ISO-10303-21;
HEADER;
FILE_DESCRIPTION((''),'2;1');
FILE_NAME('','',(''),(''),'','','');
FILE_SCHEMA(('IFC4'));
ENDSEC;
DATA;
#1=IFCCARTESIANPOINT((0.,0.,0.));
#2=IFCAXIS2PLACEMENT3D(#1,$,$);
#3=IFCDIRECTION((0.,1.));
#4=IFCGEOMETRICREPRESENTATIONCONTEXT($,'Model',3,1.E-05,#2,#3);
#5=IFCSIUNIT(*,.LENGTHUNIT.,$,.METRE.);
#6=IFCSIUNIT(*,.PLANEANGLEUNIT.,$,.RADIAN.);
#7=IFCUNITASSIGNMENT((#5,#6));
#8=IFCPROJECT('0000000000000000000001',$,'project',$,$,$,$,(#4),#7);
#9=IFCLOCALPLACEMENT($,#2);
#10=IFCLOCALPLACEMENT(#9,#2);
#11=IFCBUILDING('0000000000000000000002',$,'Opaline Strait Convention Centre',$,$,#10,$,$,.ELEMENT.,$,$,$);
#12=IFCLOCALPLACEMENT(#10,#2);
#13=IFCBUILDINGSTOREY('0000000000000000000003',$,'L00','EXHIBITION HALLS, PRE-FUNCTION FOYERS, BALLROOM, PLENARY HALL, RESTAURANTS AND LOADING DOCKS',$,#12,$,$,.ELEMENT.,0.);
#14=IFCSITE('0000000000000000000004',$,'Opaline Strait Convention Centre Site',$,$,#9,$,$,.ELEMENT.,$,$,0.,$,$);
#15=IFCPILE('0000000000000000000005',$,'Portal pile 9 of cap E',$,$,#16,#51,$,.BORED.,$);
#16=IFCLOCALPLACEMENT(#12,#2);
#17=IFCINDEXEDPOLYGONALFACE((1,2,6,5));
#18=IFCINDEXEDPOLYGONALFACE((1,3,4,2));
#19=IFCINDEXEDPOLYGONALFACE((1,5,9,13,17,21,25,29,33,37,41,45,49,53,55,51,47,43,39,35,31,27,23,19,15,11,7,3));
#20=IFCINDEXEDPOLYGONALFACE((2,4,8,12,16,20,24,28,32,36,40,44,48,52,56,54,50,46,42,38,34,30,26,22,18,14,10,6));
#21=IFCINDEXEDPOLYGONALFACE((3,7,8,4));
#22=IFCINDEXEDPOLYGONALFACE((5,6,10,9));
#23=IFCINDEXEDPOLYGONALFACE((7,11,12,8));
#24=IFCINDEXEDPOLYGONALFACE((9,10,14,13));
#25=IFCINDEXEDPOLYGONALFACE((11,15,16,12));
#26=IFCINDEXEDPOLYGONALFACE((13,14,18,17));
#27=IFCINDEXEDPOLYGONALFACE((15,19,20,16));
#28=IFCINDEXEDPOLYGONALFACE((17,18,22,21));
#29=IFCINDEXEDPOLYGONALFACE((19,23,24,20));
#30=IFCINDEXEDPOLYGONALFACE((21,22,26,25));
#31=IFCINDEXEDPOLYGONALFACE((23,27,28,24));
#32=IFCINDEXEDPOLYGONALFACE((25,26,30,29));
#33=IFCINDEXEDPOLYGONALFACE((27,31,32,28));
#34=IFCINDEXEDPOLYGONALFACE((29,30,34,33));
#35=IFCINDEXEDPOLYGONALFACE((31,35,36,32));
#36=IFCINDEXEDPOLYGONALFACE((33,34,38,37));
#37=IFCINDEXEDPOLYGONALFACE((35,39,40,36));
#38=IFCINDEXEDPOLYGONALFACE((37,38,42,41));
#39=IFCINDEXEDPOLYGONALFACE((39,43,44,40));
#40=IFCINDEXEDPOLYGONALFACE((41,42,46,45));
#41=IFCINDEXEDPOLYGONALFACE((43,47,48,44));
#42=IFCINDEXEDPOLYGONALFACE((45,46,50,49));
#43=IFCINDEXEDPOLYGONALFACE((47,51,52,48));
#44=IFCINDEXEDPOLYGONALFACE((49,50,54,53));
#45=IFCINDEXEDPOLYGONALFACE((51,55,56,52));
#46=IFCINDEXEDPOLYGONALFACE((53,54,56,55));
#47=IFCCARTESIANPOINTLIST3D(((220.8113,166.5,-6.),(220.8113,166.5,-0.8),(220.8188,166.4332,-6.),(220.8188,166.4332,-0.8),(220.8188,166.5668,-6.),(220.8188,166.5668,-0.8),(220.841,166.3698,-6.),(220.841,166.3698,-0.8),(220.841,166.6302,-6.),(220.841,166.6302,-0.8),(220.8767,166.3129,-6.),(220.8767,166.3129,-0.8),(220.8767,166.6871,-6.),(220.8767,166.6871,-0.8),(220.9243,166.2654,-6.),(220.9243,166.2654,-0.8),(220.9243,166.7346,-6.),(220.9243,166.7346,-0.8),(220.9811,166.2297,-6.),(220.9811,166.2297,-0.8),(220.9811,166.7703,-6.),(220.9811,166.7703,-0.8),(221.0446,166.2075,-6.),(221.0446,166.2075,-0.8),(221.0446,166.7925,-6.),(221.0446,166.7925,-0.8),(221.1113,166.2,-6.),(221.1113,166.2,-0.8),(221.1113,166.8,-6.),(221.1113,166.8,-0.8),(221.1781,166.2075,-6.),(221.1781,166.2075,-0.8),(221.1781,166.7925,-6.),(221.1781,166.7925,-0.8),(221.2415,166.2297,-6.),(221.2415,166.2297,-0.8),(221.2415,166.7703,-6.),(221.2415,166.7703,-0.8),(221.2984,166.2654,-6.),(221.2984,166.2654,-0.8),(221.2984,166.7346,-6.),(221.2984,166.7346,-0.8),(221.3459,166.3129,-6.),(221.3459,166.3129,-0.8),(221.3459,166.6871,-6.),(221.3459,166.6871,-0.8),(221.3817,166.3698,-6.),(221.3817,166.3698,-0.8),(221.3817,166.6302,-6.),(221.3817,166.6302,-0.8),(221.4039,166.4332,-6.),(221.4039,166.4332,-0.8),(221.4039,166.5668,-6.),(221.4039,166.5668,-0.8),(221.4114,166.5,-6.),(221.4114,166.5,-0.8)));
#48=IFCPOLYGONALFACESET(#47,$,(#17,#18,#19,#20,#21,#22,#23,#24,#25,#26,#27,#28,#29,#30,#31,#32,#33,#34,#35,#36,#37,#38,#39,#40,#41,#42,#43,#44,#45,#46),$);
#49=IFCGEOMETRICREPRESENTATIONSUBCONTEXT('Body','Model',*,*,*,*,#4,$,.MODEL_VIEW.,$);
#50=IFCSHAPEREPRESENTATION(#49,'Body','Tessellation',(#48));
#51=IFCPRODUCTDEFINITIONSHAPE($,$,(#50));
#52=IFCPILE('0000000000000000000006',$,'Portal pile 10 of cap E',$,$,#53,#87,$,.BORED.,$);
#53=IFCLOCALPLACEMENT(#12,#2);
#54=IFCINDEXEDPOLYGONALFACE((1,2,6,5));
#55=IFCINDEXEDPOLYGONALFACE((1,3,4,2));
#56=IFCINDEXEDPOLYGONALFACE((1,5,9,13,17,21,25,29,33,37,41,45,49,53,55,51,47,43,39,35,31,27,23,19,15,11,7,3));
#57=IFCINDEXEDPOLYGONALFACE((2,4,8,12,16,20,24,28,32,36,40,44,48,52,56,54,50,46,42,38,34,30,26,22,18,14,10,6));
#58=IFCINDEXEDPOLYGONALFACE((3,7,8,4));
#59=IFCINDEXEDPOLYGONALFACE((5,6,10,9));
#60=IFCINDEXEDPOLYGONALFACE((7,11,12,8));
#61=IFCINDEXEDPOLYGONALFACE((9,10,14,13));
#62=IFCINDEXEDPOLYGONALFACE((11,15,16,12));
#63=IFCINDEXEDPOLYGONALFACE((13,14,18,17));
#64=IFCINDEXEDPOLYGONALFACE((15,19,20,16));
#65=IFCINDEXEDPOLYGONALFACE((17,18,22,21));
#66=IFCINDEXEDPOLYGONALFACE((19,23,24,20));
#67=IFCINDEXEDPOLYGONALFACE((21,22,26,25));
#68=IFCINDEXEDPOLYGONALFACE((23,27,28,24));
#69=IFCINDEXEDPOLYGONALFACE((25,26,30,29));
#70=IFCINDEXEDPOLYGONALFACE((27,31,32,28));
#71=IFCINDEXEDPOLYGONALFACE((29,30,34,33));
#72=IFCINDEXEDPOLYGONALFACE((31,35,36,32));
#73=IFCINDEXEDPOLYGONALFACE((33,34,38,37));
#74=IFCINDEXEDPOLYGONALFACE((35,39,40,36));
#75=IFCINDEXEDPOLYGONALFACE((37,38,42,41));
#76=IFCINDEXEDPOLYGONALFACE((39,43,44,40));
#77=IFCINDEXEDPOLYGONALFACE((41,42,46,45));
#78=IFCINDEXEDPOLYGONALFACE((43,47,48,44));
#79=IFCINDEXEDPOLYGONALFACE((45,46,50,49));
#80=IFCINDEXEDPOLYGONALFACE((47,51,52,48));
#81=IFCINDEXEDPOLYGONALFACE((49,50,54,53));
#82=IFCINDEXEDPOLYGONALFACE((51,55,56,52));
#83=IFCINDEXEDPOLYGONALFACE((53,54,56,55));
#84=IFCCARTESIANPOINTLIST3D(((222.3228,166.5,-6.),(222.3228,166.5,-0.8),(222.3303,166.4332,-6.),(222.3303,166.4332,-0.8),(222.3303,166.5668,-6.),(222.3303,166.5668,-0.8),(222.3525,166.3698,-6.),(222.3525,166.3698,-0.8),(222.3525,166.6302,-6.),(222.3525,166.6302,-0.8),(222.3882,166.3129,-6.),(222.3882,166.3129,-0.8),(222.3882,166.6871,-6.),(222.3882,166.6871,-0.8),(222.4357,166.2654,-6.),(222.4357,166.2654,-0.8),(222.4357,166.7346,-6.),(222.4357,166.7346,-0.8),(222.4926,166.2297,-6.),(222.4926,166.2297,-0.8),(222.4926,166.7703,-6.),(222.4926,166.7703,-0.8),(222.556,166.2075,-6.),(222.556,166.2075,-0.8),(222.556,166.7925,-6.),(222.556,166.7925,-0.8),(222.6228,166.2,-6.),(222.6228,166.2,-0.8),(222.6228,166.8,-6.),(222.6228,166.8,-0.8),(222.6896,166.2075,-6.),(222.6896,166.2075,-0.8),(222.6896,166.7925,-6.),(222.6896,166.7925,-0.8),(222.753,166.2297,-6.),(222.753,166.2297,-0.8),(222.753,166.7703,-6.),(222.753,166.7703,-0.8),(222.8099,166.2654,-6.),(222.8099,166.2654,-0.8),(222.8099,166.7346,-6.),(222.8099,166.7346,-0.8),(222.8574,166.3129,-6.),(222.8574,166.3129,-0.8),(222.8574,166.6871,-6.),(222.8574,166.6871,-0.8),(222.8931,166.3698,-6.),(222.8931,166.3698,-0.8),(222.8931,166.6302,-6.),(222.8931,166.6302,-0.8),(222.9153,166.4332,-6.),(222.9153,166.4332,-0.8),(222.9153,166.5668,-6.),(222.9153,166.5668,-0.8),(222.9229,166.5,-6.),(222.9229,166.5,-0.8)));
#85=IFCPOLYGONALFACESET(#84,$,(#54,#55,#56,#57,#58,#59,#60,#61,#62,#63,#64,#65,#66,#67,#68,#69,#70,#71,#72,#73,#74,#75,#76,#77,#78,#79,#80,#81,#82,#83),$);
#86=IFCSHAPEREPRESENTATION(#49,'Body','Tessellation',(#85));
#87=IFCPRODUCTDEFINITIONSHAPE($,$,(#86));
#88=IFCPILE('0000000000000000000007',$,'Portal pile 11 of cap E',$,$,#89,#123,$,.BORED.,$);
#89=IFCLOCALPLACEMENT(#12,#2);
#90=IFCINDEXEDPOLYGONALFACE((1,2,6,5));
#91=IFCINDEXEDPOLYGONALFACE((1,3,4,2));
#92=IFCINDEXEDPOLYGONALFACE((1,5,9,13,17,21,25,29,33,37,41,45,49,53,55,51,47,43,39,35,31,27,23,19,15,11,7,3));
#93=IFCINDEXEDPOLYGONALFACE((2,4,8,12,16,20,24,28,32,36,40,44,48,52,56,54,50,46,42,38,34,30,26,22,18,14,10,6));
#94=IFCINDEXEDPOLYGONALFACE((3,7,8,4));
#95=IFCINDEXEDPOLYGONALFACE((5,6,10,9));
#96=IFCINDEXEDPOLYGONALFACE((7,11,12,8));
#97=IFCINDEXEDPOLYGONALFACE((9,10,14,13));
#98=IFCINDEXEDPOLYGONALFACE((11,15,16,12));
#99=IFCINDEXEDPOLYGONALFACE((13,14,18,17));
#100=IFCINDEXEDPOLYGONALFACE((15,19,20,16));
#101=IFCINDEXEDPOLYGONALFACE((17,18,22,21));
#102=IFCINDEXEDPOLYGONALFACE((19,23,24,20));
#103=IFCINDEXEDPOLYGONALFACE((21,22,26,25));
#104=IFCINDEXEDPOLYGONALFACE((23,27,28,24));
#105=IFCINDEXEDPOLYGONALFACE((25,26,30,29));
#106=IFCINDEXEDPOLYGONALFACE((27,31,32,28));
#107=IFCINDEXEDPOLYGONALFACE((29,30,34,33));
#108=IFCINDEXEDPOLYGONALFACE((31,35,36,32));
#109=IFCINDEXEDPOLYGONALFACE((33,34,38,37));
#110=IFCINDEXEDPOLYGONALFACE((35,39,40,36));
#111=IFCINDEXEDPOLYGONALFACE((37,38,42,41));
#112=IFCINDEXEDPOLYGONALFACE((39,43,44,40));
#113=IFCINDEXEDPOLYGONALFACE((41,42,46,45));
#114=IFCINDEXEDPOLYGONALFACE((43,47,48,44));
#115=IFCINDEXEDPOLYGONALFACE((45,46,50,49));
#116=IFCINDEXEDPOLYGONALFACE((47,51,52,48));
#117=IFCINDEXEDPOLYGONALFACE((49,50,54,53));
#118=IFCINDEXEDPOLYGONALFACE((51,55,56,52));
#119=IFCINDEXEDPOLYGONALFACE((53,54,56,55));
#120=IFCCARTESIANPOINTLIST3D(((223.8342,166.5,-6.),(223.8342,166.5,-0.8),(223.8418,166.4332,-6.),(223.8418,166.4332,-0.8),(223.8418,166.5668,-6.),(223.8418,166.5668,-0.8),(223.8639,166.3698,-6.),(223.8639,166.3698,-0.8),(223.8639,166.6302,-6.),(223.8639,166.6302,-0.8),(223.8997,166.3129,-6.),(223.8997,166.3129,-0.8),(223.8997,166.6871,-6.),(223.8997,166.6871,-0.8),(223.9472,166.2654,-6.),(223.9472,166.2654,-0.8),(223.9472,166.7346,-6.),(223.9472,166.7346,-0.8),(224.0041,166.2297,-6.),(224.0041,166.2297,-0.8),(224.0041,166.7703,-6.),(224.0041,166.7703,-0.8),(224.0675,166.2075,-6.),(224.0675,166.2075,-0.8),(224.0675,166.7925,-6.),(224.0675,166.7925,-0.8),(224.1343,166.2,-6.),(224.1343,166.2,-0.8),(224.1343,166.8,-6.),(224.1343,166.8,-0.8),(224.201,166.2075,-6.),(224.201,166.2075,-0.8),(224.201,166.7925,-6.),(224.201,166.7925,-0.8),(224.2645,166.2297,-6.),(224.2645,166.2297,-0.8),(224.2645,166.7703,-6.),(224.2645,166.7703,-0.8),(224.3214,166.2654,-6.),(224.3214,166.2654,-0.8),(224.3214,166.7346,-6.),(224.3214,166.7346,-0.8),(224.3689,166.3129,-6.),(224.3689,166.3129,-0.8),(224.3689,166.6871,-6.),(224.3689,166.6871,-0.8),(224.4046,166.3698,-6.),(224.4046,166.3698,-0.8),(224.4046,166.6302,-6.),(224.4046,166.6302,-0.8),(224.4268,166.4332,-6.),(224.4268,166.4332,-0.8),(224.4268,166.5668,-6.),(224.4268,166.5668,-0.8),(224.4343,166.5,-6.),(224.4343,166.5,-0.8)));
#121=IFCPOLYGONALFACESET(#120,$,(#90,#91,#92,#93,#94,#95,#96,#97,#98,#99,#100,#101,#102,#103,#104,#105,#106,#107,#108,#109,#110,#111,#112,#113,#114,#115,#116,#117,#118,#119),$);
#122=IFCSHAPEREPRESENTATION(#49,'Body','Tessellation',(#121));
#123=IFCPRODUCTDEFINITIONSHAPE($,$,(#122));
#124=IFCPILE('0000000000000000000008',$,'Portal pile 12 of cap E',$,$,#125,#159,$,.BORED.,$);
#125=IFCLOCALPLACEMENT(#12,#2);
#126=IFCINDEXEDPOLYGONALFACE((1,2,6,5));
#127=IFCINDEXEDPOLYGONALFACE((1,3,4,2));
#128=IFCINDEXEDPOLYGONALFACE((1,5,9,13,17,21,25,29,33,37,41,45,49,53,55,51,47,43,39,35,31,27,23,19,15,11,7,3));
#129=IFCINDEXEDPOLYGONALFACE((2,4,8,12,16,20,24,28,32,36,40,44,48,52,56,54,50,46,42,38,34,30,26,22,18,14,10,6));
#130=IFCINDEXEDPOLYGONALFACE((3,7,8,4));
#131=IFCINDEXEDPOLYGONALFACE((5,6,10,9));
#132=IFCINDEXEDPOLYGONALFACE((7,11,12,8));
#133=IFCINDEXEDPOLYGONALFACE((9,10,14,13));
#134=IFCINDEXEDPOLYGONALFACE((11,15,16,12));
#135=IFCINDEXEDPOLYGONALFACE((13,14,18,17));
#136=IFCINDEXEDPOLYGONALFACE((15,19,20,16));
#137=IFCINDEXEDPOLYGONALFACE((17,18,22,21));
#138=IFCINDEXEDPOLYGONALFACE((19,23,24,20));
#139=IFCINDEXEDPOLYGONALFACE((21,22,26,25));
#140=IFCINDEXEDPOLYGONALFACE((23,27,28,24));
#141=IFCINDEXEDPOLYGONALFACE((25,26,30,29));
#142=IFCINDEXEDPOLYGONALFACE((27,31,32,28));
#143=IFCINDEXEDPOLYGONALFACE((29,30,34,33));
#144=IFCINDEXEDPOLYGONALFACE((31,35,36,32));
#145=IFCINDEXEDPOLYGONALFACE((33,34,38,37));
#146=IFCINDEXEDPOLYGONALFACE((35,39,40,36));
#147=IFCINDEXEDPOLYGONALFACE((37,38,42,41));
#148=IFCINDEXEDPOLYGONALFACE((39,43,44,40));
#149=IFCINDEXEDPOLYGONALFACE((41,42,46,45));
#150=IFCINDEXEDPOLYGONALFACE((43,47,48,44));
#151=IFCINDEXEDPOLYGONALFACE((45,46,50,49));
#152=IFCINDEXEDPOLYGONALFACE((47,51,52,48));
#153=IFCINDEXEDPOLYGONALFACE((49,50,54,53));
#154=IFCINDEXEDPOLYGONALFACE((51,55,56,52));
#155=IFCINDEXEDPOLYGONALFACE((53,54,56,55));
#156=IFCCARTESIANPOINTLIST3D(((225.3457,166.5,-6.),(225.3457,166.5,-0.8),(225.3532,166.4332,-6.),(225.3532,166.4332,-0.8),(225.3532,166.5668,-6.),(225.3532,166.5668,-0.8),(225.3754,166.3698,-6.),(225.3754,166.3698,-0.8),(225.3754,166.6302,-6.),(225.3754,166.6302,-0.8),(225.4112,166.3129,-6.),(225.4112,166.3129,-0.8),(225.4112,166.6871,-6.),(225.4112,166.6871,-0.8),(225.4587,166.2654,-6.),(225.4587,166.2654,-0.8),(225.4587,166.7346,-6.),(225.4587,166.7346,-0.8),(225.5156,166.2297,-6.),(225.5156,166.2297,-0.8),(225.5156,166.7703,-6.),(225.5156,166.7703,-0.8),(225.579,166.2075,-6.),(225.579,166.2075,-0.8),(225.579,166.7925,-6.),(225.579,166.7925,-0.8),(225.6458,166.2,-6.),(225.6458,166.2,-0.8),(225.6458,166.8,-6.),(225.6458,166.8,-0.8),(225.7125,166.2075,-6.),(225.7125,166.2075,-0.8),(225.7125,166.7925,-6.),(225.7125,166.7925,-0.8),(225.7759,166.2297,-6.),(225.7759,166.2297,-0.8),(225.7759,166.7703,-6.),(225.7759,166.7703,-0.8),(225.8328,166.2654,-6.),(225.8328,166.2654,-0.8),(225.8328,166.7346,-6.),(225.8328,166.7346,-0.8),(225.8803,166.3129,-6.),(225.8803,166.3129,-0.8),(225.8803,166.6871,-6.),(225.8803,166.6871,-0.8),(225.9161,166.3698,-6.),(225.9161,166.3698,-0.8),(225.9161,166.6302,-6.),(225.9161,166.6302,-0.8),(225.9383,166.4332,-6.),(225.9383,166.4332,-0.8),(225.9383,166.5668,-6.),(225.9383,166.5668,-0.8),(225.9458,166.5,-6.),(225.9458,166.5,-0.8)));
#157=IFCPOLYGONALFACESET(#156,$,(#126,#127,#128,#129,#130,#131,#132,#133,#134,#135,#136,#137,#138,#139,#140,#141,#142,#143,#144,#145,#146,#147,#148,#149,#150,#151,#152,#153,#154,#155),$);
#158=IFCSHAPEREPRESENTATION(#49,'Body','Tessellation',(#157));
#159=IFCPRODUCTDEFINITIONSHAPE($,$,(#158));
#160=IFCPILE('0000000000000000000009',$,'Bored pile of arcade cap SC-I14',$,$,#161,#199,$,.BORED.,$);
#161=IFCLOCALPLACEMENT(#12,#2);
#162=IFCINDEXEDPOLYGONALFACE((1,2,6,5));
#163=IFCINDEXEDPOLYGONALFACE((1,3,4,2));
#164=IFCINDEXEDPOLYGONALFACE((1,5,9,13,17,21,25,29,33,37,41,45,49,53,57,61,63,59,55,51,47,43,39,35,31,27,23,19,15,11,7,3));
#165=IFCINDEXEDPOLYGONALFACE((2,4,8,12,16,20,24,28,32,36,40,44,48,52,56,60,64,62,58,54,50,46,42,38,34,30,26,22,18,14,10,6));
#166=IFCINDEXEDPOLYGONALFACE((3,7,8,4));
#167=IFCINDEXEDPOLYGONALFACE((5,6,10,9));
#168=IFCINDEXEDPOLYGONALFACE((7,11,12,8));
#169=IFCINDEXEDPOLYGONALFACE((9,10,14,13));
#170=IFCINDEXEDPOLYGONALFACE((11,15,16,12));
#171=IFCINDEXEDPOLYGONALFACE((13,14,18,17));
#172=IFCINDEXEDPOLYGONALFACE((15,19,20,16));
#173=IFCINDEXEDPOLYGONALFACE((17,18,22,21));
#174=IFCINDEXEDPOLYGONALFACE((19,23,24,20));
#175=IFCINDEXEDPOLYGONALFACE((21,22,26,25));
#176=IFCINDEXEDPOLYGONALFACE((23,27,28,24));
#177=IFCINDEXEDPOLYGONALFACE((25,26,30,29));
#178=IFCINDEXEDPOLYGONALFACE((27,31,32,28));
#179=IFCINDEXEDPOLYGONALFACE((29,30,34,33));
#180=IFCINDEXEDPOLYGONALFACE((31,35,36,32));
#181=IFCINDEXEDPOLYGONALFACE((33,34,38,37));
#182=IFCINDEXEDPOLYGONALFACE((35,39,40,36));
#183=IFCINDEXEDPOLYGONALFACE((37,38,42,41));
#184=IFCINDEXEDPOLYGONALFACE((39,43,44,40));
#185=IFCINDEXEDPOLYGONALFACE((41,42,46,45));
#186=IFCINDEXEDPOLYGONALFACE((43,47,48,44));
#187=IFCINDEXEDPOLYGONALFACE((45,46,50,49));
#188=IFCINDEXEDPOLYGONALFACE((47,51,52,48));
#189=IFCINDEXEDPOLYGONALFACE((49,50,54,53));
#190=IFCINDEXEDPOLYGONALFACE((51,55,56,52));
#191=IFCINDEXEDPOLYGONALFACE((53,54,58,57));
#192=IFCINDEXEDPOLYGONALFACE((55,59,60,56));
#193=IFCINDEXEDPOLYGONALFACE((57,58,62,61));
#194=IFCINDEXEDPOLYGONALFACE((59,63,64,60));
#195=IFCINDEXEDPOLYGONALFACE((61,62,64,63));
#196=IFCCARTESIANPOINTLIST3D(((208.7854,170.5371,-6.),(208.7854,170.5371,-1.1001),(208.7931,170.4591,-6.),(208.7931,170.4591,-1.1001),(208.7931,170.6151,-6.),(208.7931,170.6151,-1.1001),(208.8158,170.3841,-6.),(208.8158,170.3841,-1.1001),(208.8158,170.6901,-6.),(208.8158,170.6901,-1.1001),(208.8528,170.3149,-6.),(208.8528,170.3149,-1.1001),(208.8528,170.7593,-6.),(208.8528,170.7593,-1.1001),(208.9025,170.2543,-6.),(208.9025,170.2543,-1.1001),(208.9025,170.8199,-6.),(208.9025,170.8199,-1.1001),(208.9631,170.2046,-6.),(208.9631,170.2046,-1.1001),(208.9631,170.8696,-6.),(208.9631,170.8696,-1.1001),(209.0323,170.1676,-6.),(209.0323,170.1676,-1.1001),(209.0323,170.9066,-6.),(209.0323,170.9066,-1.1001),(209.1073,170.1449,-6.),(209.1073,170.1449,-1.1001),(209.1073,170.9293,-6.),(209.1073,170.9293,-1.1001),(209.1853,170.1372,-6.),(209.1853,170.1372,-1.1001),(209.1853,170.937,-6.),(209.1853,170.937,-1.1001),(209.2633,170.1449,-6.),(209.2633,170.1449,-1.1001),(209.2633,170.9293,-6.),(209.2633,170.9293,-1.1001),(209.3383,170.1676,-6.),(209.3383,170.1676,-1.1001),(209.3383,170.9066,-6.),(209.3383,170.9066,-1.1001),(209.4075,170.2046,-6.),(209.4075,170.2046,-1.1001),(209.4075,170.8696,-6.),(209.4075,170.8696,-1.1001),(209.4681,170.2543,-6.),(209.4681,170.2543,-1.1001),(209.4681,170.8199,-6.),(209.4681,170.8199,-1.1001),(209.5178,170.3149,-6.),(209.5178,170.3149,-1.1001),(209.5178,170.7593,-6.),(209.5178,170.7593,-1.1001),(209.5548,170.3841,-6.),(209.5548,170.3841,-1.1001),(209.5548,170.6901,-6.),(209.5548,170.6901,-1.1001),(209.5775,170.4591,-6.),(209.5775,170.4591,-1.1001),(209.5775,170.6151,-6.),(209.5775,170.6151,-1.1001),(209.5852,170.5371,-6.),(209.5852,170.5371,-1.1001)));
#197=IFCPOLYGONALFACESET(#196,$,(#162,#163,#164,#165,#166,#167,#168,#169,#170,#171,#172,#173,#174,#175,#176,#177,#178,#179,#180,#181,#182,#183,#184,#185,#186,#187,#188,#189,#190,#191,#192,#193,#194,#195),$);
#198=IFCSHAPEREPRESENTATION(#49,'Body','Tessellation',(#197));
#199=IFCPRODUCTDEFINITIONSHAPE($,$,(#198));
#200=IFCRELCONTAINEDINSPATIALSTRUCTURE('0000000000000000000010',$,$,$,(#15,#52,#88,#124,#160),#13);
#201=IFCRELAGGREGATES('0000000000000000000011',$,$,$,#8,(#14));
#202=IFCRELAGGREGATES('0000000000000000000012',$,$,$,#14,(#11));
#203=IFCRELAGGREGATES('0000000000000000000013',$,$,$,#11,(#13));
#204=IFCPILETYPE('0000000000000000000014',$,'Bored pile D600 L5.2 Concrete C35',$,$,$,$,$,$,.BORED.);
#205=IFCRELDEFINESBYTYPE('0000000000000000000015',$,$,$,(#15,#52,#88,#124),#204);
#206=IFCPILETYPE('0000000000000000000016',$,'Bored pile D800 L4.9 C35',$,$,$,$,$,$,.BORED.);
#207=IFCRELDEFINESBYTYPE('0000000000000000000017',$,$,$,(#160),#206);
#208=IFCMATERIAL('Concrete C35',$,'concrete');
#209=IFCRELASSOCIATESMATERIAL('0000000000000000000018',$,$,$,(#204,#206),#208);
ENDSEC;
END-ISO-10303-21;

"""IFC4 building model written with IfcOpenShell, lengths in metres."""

from ifc_helpers import new_model, si_unit, direction, frame, origin, origin_2d, place, context, subcontext, project, spatial, circle, extrude, material, material_profile, profile_set, type_object, element, save


model = new_model("IFC4")

# Units and contexts
model_context = context("Model", 3, precision=1e-05, world=origin(), true_north=direction((0.0, 1.0)))
body_context = subcontext(model_context, "Body", "Model", "MODEL_VIEW")
ifc_project = project(units=[si_unit("LENGTHUNIT", "METRE"), si_unit("PLANEANGLEUNIT", "RADIAN")], contexts=[model_context])

# Site, building, storey
site_placement = place(None, origin())
site = spatial("IfcSite", under=ifc_project, at=site_placement, Name="Opaline Strait Convention Centre Site", CompositionType="ELEMENT", RefElevation=0.0)
building_placement = place(site_placement, origin())
building = spatial("IfcBuilding", under=site, at=building_placement, Name="Opaline Strait Convention Centre", CompositionType="ELEMENT")
storey_placement = place(building_placement, origin())
storey = spatial("IfcBuildingStorey", under=building, at=storey_placement, Name="L00", Description="EXHIBITION HALLS, PRE-FUNCTION FOYERS, BALLROOM, PLENARY HALL, RESTAURANTS AND LOADING DOCKS", CompositionType="ELEMENT", Elevation=0.0)

# Piles
ifc_material_1 = material(Name="Concrete C35", Category="concrete")
ifc_material_profile_1 = material_profile(ifc_material_1, circle(Radius=0.3, at=origin_2d()), Name="D600")
ifc_profile_set_1 = profile_set([ifc_material_profile_1], Name="Concrete C35")
pile_type_1 = type_object("IfcPileType", Name="Bored pile D600 L5.2 Concrete C35", PredefinedType="BORED", material=ifc_profile_set_1)
for number, where, z_axis, x_axis, name in (
    (1, (221.1113, 166.5, -0.8), (0.0, 0.0, -1.0), (1.0, 0.0, 0.0), "Portal pile 9 of cap E"),
    (2, (222.6228, 166.5, -0.8), (0.0, 0.0, -1.0), (1.0, 0.0, 0.0), "Portal pile 10 of cap E"),
    (3, (224.1343, 166.5, -0.8), (0.0, 0.0, -1.0), (1.0, 0.0, 0.0), "Portal pile 11 of cap E"),
    (4, (225.6458, 166.5, -0.8), (0.0, 0.0, -1.0), (1.0, 0.0, 0.0), "Portal pile 12 of cap E"),
):
    element("IfcPile", number, at=place(storey_placement, frame(where, z_axis=z_axis, x_axis=x_axis)), inside=storey, type_object=pile_type_1, Name=name, PredefinedType="BORED", context=body_context, shape_type="SweptSolid", body=[
        extrude(circle(Radius=0.3, at=origin_2d()), origin(), (0.0, 0.0, 1.0), 5.2),
    ])
ifc_material_profile_2 = material_profile(ifc_material_1, circle(Radius=0.3999, at=origin_2d()), Name="D800")
ifc_profile_set_2 = profile_set([ifc_material_profile_2], Name="Concrete C35")
pile_type_2 = type_object("IfcPileType", Name="Bored pile D800 L4.9 C35", PredefinedType="BORED", material=ifc_profile_set_2)
for number, where, z_axis, x_axis, name in (
    (5, (209.1853, 170.5371, -1.1001), (0.0, 0.0, -1.0), (1.0, 0.0, 0.0), "Bored pile of arcade cap SC-I14"),
):
    element("IfcPile", number, at=place(storey_placement, frame(where, z_axis=z_axis, x_axis=x_axis)), inside=storey, type_object=pile_type_2, Name=name, PredefinedType="BORED", context=body_context, shape_type="SweptSolid", body=[
        extrude(circle(Radius=0.3999, at=origin_2d()), origin(), (0.0, 0.0, 1.0), 4.8999),
    ])

save(model, "model.ifc")
